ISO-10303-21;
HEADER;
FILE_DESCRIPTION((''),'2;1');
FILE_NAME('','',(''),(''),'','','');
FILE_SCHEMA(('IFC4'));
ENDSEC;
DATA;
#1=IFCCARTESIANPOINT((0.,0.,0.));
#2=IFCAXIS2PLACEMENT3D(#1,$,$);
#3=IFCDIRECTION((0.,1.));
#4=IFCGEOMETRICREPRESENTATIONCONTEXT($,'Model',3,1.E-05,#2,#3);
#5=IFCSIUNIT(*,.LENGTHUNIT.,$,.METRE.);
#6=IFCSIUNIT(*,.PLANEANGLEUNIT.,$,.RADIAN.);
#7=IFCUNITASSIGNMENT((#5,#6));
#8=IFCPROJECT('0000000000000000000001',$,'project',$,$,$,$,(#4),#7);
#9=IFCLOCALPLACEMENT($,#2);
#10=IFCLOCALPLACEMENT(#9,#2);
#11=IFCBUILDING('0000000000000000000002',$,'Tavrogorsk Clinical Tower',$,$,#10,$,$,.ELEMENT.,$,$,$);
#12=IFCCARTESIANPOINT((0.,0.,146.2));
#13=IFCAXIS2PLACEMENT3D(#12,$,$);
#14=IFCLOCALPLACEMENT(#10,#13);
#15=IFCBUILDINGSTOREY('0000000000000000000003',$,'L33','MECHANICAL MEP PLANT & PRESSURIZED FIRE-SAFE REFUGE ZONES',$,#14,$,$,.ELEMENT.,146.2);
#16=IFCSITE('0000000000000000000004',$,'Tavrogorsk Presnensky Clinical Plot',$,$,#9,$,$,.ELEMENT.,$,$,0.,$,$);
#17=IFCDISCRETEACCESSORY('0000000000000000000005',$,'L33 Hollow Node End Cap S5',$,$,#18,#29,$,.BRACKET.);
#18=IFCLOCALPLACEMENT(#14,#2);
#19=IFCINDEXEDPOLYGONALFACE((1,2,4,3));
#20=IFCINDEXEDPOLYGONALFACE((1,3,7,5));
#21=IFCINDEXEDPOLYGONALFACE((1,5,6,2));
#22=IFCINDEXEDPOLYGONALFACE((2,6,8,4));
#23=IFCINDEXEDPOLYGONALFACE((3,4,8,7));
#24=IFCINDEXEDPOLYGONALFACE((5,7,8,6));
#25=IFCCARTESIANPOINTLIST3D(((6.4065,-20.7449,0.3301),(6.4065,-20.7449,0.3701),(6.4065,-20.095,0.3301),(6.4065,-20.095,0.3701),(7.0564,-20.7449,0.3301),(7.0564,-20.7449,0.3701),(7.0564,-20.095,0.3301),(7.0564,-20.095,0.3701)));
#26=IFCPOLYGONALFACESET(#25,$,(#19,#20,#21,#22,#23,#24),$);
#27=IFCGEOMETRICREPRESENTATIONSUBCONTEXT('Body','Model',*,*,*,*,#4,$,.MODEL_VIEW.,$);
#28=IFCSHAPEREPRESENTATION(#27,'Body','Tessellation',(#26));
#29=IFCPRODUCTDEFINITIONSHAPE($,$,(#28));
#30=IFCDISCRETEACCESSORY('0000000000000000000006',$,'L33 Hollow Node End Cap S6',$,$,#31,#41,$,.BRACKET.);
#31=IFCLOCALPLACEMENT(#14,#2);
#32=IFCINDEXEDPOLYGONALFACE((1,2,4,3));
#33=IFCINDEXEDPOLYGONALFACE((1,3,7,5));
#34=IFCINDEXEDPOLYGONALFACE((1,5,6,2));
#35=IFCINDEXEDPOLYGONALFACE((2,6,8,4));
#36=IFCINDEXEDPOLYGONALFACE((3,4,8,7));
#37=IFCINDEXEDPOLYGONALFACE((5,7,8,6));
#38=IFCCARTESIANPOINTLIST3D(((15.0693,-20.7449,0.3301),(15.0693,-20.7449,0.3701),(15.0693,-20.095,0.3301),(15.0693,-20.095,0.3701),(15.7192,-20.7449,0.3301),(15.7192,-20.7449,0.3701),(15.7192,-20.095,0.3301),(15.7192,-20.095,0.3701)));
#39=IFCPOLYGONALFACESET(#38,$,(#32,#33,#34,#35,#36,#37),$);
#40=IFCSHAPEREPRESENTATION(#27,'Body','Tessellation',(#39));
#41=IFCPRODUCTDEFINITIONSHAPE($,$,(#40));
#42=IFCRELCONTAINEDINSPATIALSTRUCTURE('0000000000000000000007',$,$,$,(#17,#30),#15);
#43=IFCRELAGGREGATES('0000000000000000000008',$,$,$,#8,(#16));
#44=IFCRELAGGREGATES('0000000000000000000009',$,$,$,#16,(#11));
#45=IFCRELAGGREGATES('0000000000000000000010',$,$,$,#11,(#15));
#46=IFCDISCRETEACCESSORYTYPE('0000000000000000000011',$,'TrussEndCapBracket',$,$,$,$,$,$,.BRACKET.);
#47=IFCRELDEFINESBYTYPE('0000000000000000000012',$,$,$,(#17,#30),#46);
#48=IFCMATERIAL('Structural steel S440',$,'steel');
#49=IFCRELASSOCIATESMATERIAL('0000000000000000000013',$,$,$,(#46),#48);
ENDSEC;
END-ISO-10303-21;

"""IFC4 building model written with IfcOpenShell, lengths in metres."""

from ifc_helpers import new_model, si_unit, direction, frame, origin, origin_2d, place, context, subcontext, project, spatial, rectangle, extrude, material, type_object, element, save


model = new_model("IFC4")

# Units and contexts
model_context = context("Model", 3, precision=1e-05, world=origin(), true_north=direction((0.0, 1.0)))
body_context = subcontext(model_context, "Body", "Model", "MODEL_VIEW")
ifc_project = project(units=[si_unit("LENGTHUNIT", "METRE"), si_unit("PLANEANGLEUNIT", "RADIAN")], contexts=[model_context])

# Site, building, storey
site_placement = place(None, origin())
site = spatial("IfcSite", under=ifc_project, at=site_placement, Name="Tavrogorsk Presnensky Clinical Plot", CompositionType="ELEMENT", RefElevation=0.0)
building_placement = place(site_placement, origin())
building = spatial("IfcBuilding", under=site, at=building_placement, Name="Tavrogorsk Clinical Tower", CompositionType="ELEMENT")
storey_placement = place(building_placement, frame((0.0, 0.0, 146.2)))
storey = spatial("IfcBuildingStorey", under=building, at=storey_placement, Name="L33", Description="MECHANICAL MEP PLANT & PRESSURIZED FIRE-SAFE REFUGE ZONES", CompositionType="ELEMENT", Elevation=146.2)

# Discrete accessories
ifc_material_1 = material(Name="Structural steel S440", Category="steel")
discrete_accessory_type_1 = type_object("IfcDiscreteAccessoryType", Name="TrussEndCapBracket", PredefinedType="BRACKET", material=ifc_material_1)
for number, where, z_axis, x_axis, name in (
    (1, (6.7314, -20.4199, 0.3301), (0.0, 0.0, 1.0), (1.0, 0.0, 0.0), "L33 Hollow Node End Cap S5"),
    (2, (15.3943, -20.4199, 0.3301), (0.0, 0.0, 1.0), (1.0, 0.0, 0.0), "L33 Hollow Node End Cap S6"),
):
    element("IfcDiscreteAccessory", number, at=place(storey_placement, frame(where, z_axis=z_axis, x_axis=x_axis)), inside=storey, type_object=discrete_accessory_type_1, Name=name, PredefinedType="BRACKET", context=body_context, shape_type="SweptSolid", body=[
        extrude(rectangle(XDim=0.6499, YDim=0.6499, at=origin_2d()), origin(), (0.0, 0.0, 1.0), 0.04),
    ])

save(model, "model.ifc")
